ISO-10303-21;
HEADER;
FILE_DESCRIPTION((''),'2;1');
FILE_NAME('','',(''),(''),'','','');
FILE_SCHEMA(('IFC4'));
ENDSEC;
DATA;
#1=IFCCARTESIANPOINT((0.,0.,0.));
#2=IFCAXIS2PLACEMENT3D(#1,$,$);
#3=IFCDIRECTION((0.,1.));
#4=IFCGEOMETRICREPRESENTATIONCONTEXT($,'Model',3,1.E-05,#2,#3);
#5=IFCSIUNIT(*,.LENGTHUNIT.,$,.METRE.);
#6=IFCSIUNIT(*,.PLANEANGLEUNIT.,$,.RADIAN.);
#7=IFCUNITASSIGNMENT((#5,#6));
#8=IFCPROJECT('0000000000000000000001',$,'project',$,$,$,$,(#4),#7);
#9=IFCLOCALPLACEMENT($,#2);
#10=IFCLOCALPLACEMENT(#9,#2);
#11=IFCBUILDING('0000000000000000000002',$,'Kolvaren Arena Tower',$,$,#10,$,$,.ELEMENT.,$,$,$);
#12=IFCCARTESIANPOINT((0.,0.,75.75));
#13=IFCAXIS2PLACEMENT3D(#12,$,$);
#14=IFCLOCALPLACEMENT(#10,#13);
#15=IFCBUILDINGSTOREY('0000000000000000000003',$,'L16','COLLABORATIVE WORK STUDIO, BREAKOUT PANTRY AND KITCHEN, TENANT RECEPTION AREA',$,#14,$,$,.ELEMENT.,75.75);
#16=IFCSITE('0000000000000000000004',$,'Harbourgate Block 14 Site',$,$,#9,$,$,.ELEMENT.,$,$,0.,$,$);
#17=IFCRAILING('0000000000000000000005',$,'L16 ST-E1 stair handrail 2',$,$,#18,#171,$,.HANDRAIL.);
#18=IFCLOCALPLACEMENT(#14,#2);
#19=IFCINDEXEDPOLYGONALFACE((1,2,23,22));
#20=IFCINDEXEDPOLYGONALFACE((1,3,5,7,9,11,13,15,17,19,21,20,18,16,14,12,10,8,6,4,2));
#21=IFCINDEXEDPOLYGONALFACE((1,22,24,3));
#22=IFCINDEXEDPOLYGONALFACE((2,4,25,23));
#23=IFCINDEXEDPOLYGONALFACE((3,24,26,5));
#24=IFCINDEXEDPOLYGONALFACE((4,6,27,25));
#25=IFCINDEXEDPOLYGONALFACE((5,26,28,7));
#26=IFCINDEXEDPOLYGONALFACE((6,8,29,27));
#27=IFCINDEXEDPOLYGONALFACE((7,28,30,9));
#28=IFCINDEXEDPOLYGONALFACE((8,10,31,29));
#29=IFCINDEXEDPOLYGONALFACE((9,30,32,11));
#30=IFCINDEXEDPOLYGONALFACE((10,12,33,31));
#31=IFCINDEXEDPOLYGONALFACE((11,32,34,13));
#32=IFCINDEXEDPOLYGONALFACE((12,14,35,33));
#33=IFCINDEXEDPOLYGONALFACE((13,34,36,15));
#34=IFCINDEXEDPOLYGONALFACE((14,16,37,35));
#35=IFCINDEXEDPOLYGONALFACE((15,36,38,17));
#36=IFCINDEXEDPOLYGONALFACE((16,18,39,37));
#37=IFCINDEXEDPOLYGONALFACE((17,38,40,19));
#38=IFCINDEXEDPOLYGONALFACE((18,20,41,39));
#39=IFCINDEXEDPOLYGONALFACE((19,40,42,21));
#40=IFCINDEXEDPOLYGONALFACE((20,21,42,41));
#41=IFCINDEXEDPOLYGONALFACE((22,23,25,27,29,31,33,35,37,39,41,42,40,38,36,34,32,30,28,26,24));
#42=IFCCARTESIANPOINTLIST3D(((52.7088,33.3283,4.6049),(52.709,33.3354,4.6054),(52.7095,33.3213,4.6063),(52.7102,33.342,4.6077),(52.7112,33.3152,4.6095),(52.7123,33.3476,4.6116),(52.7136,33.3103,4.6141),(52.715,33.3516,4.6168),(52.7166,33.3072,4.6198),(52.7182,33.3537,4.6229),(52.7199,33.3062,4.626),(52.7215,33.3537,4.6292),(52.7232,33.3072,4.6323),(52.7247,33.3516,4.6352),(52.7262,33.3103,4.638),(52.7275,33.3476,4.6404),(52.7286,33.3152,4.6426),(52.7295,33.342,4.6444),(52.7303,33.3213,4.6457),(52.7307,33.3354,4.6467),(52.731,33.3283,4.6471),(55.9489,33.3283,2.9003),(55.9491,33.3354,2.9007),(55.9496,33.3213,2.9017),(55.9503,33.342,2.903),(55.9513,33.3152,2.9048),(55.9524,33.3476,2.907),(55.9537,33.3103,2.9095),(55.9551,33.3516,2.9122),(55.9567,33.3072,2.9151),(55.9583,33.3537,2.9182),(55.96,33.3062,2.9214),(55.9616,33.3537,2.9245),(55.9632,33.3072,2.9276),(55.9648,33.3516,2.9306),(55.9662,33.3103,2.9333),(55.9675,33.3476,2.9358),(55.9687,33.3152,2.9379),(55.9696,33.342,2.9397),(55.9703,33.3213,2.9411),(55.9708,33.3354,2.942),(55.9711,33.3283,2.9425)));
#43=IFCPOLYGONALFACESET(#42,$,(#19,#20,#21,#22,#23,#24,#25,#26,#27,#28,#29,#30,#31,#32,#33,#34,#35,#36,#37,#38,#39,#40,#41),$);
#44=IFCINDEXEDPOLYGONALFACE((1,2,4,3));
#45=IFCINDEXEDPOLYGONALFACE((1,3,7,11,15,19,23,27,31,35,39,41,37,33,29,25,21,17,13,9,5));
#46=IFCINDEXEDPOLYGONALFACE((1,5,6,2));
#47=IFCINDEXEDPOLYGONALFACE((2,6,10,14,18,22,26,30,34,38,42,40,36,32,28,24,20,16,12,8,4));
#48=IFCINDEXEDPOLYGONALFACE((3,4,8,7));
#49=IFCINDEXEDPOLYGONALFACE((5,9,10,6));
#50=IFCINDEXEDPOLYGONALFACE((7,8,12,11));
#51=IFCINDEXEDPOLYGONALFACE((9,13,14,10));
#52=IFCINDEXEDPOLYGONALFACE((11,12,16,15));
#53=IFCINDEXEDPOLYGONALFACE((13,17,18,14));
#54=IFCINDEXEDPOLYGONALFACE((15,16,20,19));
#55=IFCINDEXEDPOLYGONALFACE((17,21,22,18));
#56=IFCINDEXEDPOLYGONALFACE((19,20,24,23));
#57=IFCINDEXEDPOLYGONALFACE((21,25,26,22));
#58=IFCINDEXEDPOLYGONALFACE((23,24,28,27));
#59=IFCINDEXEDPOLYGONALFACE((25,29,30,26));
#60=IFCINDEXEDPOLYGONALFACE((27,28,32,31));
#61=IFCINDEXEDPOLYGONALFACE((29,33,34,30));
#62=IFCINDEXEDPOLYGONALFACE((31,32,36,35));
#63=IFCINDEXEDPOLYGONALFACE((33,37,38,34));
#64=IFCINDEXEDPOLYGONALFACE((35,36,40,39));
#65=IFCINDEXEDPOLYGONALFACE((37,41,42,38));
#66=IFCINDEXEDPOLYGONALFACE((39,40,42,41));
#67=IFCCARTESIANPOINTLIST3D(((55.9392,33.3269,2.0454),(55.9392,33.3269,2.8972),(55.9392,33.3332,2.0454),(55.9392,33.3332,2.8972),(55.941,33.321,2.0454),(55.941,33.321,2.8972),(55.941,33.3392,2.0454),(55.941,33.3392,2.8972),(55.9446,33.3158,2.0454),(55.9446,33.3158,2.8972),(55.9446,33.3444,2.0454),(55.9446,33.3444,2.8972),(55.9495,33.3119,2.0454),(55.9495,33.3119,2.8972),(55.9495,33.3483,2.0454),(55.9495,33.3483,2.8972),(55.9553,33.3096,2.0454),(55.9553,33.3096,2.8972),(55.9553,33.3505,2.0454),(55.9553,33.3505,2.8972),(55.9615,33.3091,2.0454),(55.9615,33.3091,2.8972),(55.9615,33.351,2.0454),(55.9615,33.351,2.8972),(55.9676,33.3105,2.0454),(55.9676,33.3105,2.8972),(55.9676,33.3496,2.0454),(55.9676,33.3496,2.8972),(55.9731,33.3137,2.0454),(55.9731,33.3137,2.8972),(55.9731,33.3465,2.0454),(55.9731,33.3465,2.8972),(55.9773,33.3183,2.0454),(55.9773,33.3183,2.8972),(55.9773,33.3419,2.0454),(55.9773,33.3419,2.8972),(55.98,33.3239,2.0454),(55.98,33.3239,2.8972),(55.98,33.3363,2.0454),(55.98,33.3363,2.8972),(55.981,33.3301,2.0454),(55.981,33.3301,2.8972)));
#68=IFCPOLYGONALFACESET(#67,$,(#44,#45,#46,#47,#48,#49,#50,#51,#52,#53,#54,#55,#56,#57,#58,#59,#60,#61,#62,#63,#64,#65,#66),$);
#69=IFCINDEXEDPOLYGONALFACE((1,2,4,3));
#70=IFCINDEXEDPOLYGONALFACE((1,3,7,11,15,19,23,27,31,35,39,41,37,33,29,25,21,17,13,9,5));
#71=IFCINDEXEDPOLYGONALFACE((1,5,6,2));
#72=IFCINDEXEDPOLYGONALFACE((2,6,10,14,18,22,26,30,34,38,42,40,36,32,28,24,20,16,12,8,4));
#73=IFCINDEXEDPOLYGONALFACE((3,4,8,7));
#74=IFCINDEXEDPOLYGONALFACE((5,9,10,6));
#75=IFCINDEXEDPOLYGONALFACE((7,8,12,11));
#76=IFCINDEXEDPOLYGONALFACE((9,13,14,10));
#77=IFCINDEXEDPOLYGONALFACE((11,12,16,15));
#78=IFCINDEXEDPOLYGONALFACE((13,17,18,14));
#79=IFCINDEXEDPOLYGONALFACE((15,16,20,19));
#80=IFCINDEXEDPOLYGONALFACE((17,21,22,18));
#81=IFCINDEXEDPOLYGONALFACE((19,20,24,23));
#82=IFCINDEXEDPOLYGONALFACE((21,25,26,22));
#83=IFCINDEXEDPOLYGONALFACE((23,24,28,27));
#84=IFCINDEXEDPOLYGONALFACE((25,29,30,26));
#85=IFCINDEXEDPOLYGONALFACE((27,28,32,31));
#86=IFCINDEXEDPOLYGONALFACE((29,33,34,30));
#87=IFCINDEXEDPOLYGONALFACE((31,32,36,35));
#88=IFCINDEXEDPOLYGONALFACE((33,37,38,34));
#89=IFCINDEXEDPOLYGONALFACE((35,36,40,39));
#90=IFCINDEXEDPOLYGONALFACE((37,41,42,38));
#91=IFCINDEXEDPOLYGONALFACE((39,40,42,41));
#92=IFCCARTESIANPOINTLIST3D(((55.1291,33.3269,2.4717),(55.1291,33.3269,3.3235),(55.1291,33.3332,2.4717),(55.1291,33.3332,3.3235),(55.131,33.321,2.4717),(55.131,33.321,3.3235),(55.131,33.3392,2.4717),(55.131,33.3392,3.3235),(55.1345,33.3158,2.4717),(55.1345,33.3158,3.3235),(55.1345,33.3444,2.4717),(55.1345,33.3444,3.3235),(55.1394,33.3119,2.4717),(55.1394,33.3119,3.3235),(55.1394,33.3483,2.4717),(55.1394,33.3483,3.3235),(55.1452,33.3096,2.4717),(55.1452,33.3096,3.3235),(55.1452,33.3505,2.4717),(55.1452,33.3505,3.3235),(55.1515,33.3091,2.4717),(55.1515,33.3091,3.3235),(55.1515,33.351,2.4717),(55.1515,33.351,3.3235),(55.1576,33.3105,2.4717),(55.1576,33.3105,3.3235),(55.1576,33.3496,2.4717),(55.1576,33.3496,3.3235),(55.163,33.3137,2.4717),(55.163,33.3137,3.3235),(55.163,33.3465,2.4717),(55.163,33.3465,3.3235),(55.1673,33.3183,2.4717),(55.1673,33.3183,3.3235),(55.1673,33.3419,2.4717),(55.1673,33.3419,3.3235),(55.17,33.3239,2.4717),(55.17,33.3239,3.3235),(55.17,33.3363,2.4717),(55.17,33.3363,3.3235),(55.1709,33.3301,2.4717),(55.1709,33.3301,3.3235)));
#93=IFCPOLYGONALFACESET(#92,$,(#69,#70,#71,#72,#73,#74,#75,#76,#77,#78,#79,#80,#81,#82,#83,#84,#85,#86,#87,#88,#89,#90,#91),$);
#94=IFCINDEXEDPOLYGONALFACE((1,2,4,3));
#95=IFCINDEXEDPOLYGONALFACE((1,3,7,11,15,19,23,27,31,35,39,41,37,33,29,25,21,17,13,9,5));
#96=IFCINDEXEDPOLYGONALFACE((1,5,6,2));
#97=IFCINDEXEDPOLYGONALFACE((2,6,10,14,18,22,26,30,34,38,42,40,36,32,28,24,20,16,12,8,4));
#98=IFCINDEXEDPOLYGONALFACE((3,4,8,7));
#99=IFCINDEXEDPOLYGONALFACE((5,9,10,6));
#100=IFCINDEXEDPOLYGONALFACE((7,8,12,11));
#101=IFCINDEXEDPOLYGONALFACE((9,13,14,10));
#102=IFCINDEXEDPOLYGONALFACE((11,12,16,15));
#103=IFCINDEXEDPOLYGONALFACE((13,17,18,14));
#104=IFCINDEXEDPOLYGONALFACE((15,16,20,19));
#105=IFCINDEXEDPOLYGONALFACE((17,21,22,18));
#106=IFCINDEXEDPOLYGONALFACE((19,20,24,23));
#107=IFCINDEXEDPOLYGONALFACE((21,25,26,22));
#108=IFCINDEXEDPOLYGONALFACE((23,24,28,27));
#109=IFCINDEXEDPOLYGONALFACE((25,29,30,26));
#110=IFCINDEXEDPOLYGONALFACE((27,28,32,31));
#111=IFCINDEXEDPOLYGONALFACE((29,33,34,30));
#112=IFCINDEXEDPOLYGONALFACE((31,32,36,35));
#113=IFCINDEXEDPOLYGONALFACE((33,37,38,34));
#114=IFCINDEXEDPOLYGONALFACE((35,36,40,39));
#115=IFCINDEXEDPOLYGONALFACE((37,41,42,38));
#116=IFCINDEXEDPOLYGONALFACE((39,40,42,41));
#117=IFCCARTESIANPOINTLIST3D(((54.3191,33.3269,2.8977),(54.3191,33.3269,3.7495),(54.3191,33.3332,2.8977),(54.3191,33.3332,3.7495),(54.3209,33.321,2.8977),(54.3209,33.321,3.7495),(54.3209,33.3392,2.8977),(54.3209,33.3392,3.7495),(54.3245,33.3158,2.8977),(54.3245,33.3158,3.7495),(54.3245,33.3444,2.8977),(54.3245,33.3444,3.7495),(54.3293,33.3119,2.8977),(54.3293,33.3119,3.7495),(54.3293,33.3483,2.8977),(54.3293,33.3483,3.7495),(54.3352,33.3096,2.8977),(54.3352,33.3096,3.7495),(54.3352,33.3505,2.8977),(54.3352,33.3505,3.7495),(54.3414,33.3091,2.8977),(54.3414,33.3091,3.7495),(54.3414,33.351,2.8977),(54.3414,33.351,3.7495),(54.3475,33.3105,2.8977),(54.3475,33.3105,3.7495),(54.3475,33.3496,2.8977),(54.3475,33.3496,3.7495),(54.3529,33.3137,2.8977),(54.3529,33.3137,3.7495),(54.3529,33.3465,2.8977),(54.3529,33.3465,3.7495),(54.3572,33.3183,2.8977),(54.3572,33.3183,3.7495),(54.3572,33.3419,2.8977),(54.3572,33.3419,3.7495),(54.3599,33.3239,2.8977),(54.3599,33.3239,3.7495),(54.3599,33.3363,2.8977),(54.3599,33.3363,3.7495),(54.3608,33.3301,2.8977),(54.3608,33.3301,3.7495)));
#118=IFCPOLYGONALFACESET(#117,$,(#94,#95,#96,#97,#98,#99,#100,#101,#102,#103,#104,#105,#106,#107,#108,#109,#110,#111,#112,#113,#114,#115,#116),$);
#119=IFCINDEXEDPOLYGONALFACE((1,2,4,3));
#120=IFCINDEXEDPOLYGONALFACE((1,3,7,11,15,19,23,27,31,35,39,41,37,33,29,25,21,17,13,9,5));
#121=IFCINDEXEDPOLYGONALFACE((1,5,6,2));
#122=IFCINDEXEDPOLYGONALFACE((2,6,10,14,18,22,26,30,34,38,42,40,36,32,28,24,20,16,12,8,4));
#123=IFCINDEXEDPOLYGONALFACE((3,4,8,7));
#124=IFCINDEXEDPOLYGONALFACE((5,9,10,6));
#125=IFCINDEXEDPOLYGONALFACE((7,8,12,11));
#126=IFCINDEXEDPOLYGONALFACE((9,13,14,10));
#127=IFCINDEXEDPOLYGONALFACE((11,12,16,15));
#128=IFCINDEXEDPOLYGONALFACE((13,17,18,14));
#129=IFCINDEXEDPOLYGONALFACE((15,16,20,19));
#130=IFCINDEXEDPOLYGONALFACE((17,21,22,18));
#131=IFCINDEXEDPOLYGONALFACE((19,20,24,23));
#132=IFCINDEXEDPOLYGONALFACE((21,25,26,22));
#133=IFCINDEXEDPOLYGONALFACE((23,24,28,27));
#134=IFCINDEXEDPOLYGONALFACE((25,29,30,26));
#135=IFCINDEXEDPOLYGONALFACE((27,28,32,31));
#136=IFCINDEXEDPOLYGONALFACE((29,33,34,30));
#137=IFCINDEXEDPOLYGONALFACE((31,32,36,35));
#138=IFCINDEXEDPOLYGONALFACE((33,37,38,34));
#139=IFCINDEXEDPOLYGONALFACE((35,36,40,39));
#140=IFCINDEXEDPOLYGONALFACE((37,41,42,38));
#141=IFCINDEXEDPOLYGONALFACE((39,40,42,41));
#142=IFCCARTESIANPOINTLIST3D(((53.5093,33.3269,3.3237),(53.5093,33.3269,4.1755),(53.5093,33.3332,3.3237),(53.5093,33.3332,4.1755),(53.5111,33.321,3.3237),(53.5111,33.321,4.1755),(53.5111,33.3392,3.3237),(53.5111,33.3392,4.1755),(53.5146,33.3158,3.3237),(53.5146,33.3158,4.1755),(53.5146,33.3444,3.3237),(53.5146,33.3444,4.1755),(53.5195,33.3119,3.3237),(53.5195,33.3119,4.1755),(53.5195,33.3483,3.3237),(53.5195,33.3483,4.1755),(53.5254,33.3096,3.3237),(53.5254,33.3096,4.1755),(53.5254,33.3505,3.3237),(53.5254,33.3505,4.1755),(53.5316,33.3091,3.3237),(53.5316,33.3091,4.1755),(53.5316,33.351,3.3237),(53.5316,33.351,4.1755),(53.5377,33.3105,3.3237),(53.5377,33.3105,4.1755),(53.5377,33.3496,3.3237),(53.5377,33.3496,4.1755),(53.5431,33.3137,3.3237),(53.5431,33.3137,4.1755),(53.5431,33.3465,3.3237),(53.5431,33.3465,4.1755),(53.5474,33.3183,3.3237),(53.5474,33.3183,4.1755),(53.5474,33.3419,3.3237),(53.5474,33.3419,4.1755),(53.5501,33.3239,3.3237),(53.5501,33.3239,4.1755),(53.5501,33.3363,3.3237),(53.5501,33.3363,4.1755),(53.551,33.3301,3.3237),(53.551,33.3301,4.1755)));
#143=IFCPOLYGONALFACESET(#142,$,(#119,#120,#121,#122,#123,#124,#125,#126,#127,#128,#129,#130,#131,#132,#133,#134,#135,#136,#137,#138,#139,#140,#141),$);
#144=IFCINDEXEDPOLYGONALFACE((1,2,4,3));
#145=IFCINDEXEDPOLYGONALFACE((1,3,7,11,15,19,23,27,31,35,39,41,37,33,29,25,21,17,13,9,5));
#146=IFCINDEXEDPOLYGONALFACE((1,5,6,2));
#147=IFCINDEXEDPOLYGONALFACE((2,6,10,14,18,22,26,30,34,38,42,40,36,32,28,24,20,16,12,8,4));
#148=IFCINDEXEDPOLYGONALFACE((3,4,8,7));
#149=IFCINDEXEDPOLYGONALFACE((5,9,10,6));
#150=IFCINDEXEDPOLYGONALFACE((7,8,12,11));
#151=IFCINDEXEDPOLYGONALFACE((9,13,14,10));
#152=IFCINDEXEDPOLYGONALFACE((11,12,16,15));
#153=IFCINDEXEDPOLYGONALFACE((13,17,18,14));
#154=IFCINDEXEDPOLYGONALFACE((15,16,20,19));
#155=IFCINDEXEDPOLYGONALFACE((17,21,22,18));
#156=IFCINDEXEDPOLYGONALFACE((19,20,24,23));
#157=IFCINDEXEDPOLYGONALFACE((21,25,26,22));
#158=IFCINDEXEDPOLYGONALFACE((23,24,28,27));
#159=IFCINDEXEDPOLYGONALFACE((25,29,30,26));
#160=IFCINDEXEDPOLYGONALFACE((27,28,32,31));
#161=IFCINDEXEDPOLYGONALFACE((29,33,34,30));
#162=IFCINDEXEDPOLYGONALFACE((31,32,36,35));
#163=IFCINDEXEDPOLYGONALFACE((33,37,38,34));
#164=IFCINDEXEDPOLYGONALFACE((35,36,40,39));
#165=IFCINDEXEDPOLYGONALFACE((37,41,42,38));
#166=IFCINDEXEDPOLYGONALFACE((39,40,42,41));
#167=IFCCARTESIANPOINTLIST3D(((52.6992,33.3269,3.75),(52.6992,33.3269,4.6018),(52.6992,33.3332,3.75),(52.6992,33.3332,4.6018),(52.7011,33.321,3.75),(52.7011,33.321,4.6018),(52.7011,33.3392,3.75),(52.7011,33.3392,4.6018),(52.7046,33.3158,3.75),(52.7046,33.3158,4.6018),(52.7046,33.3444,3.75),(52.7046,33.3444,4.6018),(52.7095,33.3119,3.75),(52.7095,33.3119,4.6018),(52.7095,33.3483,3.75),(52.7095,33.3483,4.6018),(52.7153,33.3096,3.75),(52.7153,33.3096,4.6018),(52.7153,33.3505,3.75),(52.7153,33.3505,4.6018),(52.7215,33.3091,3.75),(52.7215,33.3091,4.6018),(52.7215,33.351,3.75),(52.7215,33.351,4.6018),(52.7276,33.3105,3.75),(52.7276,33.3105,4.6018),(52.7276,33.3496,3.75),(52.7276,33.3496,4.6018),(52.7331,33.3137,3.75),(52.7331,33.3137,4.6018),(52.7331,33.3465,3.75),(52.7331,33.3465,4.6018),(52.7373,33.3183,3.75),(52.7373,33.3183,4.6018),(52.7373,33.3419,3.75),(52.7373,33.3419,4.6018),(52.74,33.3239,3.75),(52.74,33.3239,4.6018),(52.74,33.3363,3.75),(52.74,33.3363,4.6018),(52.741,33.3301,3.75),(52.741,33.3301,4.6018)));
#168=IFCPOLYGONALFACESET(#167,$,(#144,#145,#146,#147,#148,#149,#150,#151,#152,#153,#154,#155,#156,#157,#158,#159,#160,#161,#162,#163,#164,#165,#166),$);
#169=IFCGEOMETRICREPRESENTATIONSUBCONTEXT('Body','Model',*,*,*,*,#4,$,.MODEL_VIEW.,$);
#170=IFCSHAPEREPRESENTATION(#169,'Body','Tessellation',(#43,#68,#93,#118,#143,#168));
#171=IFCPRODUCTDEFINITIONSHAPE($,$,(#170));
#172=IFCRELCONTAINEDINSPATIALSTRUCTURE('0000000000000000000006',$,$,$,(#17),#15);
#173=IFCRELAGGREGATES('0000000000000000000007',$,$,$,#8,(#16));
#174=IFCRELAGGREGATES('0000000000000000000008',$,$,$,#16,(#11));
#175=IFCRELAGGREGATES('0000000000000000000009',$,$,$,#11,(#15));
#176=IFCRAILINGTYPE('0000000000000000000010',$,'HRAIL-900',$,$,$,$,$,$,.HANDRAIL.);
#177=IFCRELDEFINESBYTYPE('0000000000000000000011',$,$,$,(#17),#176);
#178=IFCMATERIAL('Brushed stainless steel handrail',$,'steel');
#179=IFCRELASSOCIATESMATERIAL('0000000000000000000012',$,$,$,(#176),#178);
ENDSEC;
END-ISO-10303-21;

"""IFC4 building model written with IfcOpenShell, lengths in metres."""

from ifc_helpers import new_model, si_unit, direction, frame, origin, origin_2d, place, context, subcontext, project, spatial, circle, extrude, material, type_object, element, save


model = new_model("IFC4")

# Units and contexts
model_context = context("Model", 3, precision=1e-05, world=origin(), true_north=direction((0.0, 1.0)))
body_context = subcontext(model_context, "Body", "Model", "MODEL_VIEW")
ifc_project = project(units=[si_unit("LENGTHUNIT", "METRE"), si_unit("PLANEANGLEUNIT", "RADIAN")], contexts=[model_context])

# Site, building, storey
site_placement = place(None, origin())
site = spatial("IfcSite", under=ifc_project, at=site_placement, Name="Harbourgate Block 14 Site", CompositionType="ELEMENT", RefElevation=0.0)
building_placement = place(site_placement, origin())
building = spatial("IfcBuilding", under=site, at=building_placement, Name="Kolvaren Arena Tower", CompositionType="ELEMENT")
storey_placement = place(building_placement, frame((0.0, 0.0, 75.75)))
storey = spatial("IfcBuildingStorey", under=building, at=storey_placement, Name="L16", Description="COLLABORATIVE WORK STUDIO, BREAKOUT PANTRY AND KITCHEN, TENANT RECEPTION AREA", CompositionType="ELEMENT", Elevation=75.75)

# Railing
ifc_material_1 = material(Name="Brushed stainless steel handrail", Category="steel")
railing_type_1 = type_object("IfcRailingType", Name="HRAIL-900", PredefinedType="HANDRAIL", material=ifc_material_1)
railing_1_placement = place(storey_placement, frame((55.96, 33.3301, 2.0454)))
element("IfcRailing", 1, at=railing_1_placement, inside=storey, type_object=railing_type_1, Name="L16 ST-E1 stair handrail 2", PredefinedType="HANDRAIL", context=body_context, shape_type="SweptSolid", body=[
    extrude(circle(Radius=0.0239, at=origin_2d()), frame((0.0, 0.0, 0.876), z_axis=(-0.884993, 0.0, 0.465604), x_axis=(0.0, -1.0, 0.0)), (0.0, 0.0, 1.0), 3.6611),
    extrude(circle(Radius=0.021, at=origin_2d()), origin(), (0.0, 0.0, 1.0), 0.8518),
    extrude(circle(Radius=0.021, at=origin_2d()), frame((-0.8101, 0.0, 0.4263)), (0.0, 0.0, 1.0), 0.8518),
    extrude(circle(Radius=0.021, at=origin_2d()), frame((-1.6201, 0.0, 0.8523)), (0.0, 0.0, 1.0), 0.8518),
    extrude(circle(Radius=0.021, at=origin_2d()), frame((-2.4299, 0.0, 1.2783)), (0.0, 0.0, 1.0), 0.8518),
    extrude(circle(Radius=0.021, at=origin_2d()), frame((-3.24, 0.0, 1.7046)), (0.0, 0.0, 1.0), 0.8518),
])

save(model, "model.ifc")
